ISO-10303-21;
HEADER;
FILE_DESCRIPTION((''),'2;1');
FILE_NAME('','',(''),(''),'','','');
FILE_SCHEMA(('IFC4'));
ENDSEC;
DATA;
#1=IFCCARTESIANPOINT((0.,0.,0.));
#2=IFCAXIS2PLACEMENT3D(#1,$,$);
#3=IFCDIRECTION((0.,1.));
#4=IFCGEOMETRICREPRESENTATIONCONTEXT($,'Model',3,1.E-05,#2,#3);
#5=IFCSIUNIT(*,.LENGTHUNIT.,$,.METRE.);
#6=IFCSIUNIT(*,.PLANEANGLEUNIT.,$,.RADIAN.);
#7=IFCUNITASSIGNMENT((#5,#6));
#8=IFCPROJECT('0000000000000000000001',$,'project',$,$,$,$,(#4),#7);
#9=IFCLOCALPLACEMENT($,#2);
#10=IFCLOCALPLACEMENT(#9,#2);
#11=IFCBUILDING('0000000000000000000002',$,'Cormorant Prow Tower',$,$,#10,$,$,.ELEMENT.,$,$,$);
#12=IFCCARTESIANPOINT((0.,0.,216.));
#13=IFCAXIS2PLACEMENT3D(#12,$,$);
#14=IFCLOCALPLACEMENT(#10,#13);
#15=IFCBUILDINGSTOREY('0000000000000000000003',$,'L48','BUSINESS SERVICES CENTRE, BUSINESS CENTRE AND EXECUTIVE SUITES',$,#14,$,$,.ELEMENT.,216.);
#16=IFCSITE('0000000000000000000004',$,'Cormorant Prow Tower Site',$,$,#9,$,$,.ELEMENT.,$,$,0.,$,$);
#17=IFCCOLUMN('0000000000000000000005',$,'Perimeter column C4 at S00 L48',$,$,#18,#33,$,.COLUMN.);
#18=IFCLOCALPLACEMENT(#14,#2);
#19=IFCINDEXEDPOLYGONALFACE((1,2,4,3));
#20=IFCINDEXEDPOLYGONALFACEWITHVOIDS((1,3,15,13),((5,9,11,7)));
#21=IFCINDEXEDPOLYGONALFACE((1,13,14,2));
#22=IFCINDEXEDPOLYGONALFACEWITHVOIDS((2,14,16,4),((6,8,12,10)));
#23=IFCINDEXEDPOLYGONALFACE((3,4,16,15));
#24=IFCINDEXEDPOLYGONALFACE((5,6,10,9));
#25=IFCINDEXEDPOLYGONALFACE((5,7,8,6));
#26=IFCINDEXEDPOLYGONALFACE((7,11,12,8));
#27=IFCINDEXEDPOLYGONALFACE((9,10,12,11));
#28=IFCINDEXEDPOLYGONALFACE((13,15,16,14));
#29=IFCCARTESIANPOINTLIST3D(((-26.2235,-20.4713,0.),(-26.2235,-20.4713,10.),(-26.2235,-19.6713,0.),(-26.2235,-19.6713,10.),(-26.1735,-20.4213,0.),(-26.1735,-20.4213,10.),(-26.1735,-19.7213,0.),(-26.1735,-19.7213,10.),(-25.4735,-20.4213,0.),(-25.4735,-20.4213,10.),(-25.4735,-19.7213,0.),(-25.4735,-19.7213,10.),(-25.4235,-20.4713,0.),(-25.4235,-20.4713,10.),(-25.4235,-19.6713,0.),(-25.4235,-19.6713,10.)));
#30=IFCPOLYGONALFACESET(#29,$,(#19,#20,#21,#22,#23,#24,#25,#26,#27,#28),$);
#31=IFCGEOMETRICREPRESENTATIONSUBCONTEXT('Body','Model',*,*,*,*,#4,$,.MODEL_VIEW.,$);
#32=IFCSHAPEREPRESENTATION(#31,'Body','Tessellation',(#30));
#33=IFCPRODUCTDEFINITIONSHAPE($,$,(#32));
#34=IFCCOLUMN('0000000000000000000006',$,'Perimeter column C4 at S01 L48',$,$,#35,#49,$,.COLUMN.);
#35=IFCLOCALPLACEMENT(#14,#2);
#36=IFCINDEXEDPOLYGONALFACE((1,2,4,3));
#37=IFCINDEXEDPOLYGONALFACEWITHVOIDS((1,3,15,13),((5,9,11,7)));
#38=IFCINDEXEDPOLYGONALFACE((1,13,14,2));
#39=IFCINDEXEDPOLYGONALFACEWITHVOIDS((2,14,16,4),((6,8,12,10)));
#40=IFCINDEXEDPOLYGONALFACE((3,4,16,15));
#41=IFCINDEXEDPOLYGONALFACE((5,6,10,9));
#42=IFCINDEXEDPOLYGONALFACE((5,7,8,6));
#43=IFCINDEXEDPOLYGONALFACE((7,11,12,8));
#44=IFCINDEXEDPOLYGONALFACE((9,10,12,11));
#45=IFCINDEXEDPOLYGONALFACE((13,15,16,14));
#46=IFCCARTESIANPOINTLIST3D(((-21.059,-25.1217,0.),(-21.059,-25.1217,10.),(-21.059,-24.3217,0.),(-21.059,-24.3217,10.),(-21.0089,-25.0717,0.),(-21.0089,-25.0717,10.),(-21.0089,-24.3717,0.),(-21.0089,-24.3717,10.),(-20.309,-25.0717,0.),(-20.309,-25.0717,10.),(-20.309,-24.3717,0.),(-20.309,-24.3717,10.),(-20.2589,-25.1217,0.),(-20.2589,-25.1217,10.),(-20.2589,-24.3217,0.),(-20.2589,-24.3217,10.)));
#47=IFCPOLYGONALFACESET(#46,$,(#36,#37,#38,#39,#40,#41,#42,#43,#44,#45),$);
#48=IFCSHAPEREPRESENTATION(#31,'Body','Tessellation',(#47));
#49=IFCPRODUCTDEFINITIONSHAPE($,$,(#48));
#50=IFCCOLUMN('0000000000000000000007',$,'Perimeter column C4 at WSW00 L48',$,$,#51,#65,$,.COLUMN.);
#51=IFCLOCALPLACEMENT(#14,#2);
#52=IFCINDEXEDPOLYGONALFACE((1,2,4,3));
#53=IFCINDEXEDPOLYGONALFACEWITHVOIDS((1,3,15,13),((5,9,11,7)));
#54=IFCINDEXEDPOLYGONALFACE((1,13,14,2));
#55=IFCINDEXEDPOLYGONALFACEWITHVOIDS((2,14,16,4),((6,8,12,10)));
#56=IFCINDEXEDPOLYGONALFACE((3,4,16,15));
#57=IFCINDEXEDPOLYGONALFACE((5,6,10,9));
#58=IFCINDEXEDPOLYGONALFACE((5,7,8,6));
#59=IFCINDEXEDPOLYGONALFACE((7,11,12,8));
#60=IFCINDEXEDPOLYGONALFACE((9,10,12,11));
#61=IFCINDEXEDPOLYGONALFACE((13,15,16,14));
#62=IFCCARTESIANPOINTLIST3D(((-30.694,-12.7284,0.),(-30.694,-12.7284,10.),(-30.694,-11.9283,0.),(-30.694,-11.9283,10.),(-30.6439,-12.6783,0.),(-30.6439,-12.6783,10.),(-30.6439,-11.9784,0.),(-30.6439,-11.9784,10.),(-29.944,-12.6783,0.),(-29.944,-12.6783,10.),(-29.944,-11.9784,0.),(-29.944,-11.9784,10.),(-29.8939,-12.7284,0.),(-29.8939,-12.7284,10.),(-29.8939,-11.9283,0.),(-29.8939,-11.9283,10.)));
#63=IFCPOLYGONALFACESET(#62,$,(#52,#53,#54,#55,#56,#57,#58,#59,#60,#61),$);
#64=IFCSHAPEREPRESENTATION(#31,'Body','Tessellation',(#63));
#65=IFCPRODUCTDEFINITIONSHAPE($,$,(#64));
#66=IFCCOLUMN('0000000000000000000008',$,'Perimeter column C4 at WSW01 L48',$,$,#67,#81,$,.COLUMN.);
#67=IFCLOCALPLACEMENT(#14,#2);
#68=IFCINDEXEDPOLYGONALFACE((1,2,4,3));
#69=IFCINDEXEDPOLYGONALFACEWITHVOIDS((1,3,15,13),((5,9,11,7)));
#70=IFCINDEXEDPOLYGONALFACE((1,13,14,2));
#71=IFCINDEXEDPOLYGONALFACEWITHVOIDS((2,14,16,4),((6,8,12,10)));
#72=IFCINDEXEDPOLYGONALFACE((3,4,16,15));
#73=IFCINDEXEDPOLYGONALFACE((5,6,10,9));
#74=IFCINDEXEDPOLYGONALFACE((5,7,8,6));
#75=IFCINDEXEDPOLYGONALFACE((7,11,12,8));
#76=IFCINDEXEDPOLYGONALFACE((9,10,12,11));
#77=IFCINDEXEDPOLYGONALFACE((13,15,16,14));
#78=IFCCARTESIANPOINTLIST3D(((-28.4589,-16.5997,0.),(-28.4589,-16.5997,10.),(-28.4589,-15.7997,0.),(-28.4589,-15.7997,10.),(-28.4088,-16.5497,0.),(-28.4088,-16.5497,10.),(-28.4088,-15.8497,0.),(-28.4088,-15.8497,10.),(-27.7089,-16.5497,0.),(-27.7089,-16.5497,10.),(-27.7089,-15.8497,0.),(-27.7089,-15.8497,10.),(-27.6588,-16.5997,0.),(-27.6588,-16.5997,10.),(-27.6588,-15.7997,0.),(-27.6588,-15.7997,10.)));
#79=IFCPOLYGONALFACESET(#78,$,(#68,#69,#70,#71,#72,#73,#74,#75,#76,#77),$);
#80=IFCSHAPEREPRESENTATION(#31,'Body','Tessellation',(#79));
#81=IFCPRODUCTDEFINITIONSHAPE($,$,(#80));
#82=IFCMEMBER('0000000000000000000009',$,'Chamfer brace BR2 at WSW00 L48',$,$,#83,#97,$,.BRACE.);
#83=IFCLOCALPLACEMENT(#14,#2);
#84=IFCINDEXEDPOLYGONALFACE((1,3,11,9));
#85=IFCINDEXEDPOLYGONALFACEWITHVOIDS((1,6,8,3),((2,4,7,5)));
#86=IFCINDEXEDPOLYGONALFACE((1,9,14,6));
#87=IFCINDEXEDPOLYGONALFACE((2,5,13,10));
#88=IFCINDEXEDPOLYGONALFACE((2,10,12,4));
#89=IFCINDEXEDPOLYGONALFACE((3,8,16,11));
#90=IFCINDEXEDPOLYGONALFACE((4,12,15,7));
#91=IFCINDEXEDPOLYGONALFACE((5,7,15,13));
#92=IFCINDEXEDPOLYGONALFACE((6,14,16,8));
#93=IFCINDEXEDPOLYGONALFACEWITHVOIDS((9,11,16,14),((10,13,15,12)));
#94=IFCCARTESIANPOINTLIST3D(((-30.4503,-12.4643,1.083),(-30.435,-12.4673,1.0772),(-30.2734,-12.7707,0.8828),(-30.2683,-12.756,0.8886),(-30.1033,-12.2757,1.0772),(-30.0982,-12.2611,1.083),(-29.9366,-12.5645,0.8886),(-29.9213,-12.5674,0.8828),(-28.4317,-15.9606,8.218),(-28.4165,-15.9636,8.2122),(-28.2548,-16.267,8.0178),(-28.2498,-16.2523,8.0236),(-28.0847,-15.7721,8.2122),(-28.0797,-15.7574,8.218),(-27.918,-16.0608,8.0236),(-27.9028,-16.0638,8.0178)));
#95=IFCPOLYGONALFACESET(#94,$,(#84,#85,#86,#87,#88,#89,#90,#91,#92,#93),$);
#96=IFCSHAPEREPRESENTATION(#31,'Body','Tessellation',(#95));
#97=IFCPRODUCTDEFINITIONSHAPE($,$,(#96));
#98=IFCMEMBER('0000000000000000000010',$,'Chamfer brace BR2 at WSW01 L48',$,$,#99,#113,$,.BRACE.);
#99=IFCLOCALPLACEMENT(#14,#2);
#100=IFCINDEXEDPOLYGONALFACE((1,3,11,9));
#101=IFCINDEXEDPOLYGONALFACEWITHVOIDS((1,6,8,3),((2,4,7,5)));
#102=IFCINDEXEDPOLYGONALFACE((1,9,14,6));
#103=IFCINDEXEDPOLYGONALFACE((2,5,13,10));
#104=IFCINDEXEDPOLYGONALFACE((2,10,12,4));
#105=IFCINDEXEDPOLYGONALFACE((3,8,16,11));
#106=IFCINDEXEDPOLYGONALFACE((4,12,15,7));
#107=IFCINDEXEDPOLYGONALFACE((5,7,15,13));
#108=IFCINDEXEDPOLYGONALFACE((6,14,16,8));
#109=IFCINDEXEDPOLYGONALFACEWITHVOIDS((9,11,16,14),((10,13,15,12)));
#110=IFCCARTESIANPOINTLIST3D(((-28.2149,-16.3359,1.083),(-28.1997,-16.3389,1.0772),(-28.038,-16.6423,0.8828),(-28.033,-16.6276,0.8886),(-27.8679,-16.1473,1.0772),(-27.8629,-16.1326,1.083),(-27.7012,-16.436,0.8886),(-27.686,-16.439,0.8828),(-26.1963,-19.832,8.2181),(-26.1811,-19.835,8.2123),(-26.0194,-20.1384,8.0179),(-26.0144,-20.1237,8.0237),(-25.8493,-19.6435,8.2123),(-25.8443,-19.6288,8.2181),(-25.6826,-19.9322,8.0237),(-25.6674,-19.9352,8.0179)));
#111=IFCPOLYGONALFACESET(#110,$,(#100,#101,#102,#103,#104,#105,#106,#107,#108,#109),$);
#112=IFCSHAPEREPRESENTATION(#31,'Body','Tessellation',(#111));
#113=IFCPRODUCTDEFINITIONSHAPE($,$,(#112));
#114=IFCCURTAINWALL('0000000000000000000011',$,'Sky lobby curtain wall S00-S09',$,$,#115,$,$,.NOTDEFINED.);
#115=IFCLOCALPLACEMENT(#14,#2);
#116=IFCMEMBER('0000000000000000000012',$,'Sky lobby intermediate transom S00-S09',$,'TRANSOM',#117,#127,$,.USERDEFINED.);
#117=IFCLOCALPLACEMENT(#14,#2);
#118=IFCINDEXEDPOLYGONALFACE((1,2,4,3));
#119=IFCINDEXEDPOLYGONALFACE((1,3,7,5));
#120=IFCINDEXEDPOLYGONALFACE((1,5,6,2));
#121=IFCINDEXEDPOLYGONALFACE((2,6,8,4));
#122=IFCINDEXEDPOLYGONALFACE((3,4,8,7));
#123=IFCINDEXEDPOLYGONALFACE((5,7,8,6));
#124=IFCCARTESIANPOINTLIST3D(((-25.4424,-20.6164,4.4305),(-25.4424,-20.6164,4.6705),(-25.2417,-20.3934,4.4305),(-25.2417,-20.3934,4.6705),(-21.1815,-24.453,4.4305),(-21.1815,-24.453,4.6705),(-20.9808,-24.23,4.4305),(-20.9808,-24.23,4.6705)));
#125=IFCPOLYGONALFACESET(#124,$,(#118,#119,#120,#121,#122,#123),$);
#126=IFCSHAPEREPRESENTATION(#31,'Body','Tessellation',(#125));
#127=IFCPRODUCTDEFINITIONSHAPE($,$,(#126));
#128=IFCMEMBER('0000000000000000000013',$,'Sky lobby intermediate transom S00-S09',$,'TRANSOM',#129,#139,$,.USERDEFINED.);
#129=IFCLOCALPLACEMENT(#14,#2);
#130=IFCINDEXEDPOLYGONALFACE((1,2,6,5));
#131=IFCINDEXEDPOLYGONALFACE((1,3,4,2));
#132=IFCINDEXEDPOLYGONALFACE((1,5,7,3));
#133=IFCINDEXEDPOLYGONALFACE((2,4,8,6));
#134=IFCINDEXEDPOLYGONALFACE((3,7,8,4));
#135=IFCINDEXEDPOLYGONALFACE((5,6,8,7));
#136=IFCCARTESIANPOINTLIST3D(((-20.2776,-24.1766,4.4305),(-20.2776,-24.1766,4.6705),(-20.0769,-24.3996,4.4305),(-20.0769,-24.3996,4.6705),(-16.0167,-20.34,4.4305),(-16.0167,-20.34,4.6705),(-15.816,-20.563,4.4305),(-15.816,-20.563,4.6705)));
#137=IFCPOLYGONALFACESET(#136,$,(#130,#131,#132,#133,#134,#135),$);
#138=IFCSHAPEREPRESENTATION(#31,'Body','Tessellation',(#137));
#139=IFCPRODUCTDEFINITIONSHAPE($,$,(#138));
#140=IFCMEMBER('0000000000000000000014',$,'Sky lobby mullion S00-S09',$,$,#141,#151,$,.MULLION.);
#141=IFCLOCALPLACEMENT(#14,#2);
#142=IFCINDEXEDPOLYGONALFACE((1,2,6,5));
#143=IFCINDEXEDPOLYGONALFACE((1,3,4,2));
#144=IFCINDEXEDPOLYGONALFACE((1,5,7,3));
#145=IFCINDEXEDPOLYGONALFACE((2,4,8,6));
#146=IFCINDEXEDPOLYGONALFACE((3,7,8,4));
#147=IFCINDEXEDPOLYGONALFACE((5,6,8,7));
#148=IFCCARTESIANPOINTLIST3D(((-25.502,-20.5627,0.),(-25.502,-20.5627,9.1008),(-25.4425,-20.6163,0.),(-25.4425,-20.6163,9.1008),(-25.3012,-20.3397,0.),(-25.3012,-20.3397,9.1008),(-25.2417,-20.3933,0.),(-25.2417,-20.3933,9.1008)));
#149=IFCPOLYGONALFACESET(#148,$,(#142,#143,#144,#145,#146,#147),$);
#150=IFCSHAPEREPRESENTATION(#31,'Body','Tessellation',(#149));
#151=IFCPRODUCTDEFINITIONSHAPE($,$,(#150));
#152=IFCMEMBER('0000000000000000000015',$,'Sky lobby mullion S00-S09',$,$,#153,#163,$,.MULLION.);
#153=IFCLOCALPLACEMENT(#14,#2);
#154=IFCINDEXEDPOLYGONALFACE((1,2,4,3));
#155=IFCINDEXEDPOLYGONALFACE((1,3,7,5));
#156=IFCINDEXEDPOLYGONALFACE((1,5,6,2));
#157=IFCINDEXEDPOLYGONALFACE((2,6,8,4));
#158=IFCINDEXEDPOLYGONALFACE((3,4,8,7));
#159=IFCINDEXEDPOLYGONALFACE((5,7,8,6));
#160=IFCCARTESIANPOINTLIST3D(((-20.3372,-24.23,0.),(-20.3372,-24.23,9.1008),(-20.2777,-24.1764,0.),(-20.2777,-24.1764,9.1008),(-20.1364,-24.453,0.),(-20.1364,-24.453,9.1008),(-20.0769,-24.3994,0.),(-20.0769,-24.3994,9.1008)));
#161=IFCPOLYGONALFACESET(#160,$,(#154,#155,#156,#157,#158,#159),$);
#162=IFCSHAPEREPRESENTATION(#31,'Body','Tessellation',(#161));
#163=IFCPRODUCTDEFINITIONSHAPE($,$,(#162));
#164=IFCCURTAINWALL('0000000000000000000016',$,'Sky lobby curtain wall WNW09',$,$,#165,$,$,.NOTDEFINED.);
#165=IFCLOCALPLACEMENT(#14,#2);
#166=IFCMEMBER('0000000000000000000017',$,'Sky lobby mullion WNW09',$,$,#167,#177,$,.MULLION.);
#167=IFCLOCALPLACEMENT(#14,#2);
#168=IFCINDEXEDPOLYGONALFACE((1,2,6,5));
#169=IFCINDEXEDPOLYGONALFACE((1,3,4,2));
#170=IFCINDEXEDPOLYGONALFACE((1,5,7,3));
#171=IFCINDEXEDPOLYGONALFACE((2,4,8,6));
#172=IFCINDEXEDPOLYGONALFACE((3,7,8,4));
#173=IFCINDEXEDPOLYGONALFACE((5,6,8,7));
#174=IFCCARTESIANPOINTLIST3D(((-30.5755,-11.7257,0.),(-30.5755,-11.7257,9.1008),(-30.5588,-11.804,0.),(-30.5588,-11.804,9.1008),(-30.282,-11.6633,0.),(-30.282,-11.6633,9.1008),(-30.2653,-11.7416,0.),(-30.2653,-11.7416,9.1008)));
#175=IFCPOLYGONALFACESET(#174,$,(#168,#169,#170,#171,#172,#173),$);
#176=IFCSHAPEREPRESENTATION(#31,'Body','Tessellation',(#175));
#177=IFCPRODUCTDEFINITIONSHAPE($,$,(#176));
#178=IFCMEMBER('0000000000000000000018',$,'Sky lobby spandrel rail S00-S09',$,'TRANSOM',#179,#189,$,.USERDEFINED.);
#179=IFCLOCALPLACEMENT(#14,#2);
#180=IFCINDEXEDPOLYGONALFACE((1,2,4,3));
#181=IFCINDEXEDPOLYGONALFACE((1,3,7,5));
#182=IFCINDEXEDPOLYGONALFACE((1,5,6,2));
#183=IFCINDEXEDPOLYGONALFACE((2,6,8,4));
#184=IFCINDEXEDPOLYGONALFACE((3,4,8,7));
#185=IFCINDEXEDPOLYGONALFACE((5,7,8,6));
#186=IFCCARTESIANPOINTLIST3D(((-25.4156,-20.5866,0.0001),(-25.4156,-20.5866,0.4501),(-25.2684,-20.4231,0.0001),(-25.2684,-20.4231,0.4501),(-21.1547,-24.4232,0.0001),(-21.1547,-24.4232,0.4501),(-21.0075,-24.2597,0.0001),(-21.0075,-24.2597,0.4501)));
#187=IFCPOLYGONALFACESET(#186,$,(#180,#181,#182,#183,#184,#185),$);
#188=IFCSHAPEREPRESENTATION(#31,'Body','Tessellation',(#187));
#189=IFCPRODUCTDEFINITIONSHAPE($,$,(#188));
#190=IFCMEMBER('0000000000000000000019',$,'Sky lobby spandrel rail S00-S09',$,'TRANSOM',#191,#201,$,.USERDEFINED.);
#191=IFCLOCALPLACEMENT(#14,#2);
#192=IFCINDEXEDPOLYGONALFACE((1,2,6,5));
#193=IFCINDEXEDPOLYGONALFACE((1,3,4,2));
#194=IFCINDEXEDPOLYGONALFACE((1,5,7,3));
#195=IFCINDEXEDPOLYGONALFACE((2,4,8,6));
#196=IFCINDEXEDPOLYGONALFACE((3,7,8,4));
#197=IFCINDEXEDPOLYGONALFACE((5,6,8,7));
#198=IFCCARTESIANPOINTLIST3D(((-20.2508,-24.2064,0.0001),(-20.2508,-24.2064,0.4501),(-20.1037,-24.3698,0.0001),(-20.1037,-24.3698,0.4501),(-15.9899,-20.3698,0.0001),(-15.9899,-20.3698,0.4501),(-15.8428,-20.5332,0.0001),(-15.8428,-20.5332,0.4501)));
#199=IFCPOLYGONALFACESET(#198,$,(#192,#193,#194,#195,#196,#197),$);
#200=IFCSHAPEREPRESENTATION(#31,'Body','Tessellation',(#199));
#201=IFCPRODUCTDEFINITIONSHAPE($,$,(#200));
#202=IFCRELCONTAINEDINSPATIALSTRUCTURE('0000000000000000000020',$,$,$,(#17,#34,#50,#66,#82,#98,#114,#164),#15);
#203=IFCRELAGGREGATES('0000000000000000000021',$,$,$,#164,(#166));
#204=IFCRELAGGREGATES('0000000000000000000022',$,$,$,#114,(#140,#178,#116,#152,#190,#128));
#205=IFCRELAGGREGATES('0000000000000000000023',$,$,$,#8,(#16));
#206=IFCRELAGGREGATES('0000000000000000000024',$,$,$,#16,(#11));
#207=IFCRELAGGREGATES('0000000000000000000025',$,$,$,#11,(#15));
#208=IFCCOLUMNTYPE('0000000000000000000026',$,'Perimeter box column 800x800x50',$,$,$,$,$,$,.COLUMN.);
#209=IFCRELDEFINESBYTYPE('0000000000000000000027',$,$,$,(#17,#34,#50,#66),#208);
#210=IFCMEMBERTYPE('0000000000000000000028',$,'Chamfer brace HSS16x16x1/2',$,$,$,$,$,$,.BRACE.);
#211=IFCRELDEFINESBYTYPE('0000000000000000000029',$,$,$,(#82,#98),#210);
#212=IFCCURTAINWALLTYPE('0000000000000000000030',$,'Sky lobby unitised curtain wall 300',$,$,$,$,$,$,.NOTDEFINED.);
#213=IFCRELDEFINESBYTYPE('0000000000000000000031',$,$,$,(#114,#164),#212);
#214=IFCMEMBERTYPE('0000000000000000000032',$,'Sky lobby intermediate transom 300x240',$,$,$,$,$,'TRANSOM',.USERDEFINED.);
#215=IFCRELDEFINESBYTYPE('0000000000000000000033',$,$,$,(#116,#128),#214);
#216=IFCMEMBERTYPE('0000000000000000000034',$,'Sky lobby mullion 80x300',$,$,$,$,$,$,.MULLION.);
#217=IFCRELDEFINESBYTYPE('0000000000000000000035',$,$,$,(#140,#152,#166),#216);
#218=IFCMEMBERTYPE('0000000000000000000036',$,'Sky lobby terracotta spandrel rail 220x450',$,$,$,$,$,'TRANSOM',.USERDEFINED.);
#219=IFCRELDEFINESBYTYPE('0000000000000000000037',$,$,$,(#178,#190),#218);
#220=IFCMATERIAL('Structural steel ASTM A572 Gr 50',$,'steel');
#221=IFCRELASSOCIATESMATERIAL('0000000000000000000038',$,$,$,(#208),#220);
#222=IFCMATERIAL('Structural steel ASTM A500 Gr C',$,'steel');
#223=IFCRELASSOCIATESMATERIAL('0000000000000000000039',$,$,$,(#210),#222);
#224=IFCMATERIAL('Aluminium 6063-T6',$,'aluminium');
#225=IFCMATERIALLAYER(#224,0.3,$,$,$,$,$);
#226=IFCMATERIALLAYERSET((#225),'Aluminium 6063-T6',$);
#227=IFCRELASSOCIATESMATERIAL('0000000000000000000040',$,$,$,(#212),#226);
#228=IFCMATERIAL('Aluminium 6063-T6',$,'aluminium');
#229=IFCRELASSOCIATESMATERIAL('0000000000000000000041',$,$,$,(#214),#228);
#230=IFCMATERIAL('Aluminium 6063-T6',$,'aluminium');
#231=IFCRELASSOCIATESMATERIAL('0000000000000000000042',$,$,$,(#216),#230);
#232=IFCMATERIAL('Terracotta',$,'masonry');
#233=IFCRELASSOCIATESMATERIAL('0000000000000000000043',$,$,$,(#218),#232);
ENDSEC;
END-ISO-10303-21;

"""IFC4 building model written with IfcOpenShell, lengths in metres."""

from ifc_helpers import new_model, si_unit, direction, frame, origin, origin_2d, place, context, subcontext, project, spatial, rectangle, hollow_rectangle, extrude, material, layer, layer_set, material_profile, profile_set, type_object, element, aggregate, save


model = new_model("IFC4")

# Units and contexts
model_context = context("Model", 3, precision=1e-05, world=origin(), true_north=direction((0.0, 1.0)))
body_context = subcontext(model_context, "Body", "Model", "MODEL_VIEW")
ifc_project = project(units=[si_unit("LENGTHUNIT", "METRE"), si_unit("PLANEANGLEUNIT", "RADIAN")], contexts=[model_context])

# Site, building, storey
site_placement = place(None, origin())
site = spatial("IfcSite", under=ifc_project, at=site_placement, Name="Cormorant Prow Tower Site", CompositionType="ELEMENT", RefElevation=0.0)
building_placement = place(site_placement, origin())
building = spatial("IfcBuilding", under=site, at=building_placement, Name="Cormorant Prow Tower", CompositionType="ELEMENT")
storey_placement = place(building_placement, frame((0.0, 0.0, 216.0)))
storey = spatial("IfcBuildingStorey", under=building, at=storey_placement, Name="L48", Description="BUSINESS SERVICES CENTRE, BUSINESS CENTRE AND EXECUTIVE SUITES", CompositionType="ELEMENT", Elevation=216.0)

# Columns
ifc_material_1 = material(Name="Structural steel ASTM A572 Gr 50", Category="steel")
ifc_material_profile_1 = material_profile(ifc_material_1, hollow_rectangle(XDim=0.8, YDim=0.8, WallThickness=0.05, at=origin_2d()), Name="Box 800x800x50")
ifc_profile_set_1 = profile_set([ifc_material_profile_1], Name="Structural steel ASTM A572 Gr 50")
column_type = type_object("IfcColumnType", Name="Perimeter box column 800x800x50", PredefinedType="COLUMN", material=ifc_profile_set_1)
for number, where, z_axis, x_axis, name in (
    (1, (-25.8235, -20.0713, 0.0), (0.0, 0.0, 1.0), (1.0, 0.0, 0.0), "Perimeter column C4 at S00 L48"),
    (2, (-20.6589, -24.7217, 0.0), (0.0, 0.0, 1.0), (1.0, 0.0, 0.0), "Perimeter column C4 at S01 L48"),
    (3, (-30.2939, -12.3284, 0.0), (0.0, 0.0, 1.0), (1.0, 0.0, 0.0), "Perimeter column C4 at WSW00 L48"),
    (4, (-28.0588, -16.1997, 0.0), (0.0, 0.0, 1.0), (1.0, 0.0, 0.0), "Perimeter column C4 at WSW01 L48"),
):
    element("IfcColumn", number, at=place(storey_placement, frame(where, z_axis=z_axis, x_axis=x_axis)), inside=storey, type_object=column_type, Name=name, PredefinedType="COLUMN", context=body_context, shape_type="SweptSolid", body=[
        extrude(hollow_rectangle(XDim=0.8, YDim=0.8, WallThickness=0.05, at=origin_2d()), origin(), (0.0, 0.0, 1.0), 10.0),
    ])

# Members
ifc_material_2 = material(Name="Structural steel ASTM A500 Gr C", Category="steel")
ifc_material_profile_2 = material_profile(ifc_material_2, hollow_rectangle(XDim=0.4065, YDim=0.4065, WallThickness=0.0117, at=origin_2d()), Name="HSS16x16x1/2")
ifc_profile_set_2 = profile_set([ifc_material_profile_2], Name="Structural steel ASTM A500 Gr C")
member_type_1 = type_object("IfcMemberType", Name="Chamfer brace HSS16x16x1/2", PredefinedType="BRACE", material=ifc_profile_set_2)
for number, where, z_axis, x_axis, name in (
    (5, (-30.1858, -12.5159, 0.9829), (0.246225, -0.426486, 0.870335), (0.866032, 0.499989, 0.0), "Chamfer brace BR2 at WSW00 L48"),
    (6, (-27.9504, -16.3875, 0.9829), (0.246228, -0.426462, 0.870346), (0.866016, 0.500016, 0.0), "Chamfer brace BR2 at WSW01 L48"),
):
    element("IfcMember", number, at=place(storey_placement, frame(where, z_axis=z_axis, x_axis=x_axis)), inside=storey, type_object=member_type_1, Name=name, PredefinedType="BRACE", context=body_context, shape_type="SweptSolid", body=[
        extrude(hollow_rectangle(XDim=0.4065, YDim=0.4065, WallThickness=0.0117, at=origin_2d()), origin(), (0.0, 0.0, 1.0), 8.198),
    ])

# Curtain wall, members
ifc_material_3 = material(Name="Aluminium 6063-T6", Category="aluminium")
ifc_layer_1 = layer(ifc_material_3, 0.3)
ifc_layer_set_1 = layer_set([ifc_layer_1], Name="Aluminium 6063-T6")
curtain_wall_type = type_object("IfcCurtainWallType", Name="Sky lobby unitised curtain wall 300", PredefinedType="NOTDEFINED", material=ifc_layer_set_1)
curtain_wall_1_placement = place(storey_placement, origin())
curtain_wall_1 = element("IfcCurtainWall", 7, at=curtain_wall_1_placement, inside=storey, type_object=curtain_wall_type, Name="Sky lobby curtain wall S00-S09", PredefinedType="NOTDEFINED")
ifc_material_4 = material(Name="Aluminium 6063-T6", Category="aluminium")
ifc_material_profile_3 = material_profile(ifc_material_4, rectangle(XDim=0.3, YDim=0.24, at=origin_2d()), Name="Sky lobby intermediate transom 300x240")
ifc_profile_set_3 = profile_set([ifc_material_profile_3], Name="Aluminium 6063-T6")
member_type_2 = type_object("IfcMemberType", Name="Sky lobby intermediate transom 300x240", ElementType="TRANSOM", PredefinedType="USERDEFINED", material=ifc_profile_set_3)
member_1_placement = place(storey_placement, frame((-25.342, -20.5049, 4.5505), z_axis=(0.74314, -0.669136, 0.0), x_axis=(0.669136, 0.74314, 0.0)))
member_1 = element("IfcMember", 8, at=member_1_placement, type_object=member_type_2, Name="Sky lobby intermediate transom S00-S09", ObjectType="TRANSOM", PredefinedType="USERDEFINED", context=body_context, shape_type="SweptSolid", body=[
    extrude(rectangle(XDim=0.3, YDim=0.24, at=origin_2d()), origin(), (0.0, 0.0, 1.0), 5.7336),
])
member_2_placement = place(storey_placement, frame((-20.1772, -24.2881, 4.5505), z_axis=(0.74314, 0.669136, 0.0), x_axis=(-0.669136, 0.74314, 0.0)))
member_2 = element("IfcMember", 9, at=member_2_placement, type_object=member_type_2, Name="Sky lobby intermediate transom S00-S09", ObjectType="TRANSOM", PredefinedType="USERDEFINED", context=body_context, shape_type="SweptSolid", body=[
    extrude(rectangle(XDim=0.3, YDim=0.24, at=origin_2d()), origin(), (0.0, 0.0, 1.0), 5.7336),
])
ifc_material_5 = material(Name="Aluminium 6063-T6", Category="aluminium")
ifc_material_profile_4 = material_profile(ifc_material_5, rectangle(XDim=0.3, YDim=0.0801, at=origin_2d()), Name="Sky lobby mullion 80x300")
ifc_profile_set_4 = profile_set([ifc_material_profile_4], Name="Aluminium 6063-T6")
member_type_3 = type_object("IfcMemberType", Name="Sky lobby mullion 80x300", PredefinedType="MULLION", material=ifc_profile_set_4)
member_3_placement = place(storey_placement, frame((-25.3718, -20.478, 0.0), z_axis=(0.0, 0.0, 1.0), x_axis=(0.669131, 0.743145, 0.0)))
member_3 = element("IfcMember", 10, at=member_3_placement, type_object=member_type_3, Name="Sky lobby mullion S00-S09", PredefinedType="MULLION", context=body_context, shape_type="SweptSolid", body=[
    extrude(rectangle(XDim=0.3, YDim=0.0801, at=origin_2d()), origin(), (0.0, 0.0, 1.0), 9.1008),
])
member_4_placement = place(storey_placement, frame((-20.207, -24.3147, 0.0), z_axis=(0.0, 0.0, 1.0), x_axis=(-0.669131, 0.743145, 0.0)))
member_4 = element("IfcMember", 11, at=member_4_placement, type_object=member_type_3, Name="Sky lobby mullion S00-S09", PredefinedType="MULLION", context=body_context, shape_type="SweptSolid", body=[
    extrude(rectangle(XDim=0.3, YDim=0.0801, at=origin_2d()), origin(), (0.0, 0.0, 1.0), 9.1008),
])

# Curtain wall, member
curtain_wall_2_placement = place(storey_placement, origin())
curtain_wall_2 = element("IfcCurtainWall", 12, at=curtain_wall_2_placement, inside=storey, type_object=curtain_wall_type, Name="Sky lobby curtain wall WNW09", PredefinedType="NOTDEFINED")
member_5_placement = place(storey_placement, frame((-30.4204, -11.7336, 0.0), z_axis=(0.0, 0.0, 1.0), x_axis=(0.978148, 0.207912, 0.0)))
member_5 = element("IfcMember", 13, at=member_5_placement, type_object=member_type_3, Name="Sky lobby mullion WNW09", PredefinedType="MULLION", context=body_context, shape_type="SweptSolid", body=[
    extrude(rectangle(XDim=0.3, YDim=0.0801, at=origin_2d()), origin(), (0.0, 0.0, 1.0), 9.1008),
])
aggregate(curtain_wall_2, [member_5])

# Members
ifc_material_6 = material(Name="Terracotta", Category="masonry")
ifc_material_profile_5 = material_profile(ifc_material_6, rectangle(XDim=0.22, YDim=0.45, at=origin_2d()), Name="Sky lobby terracotta spandrel rail 220x450")
ifc_profile_set_5 = profile_set([ifc_material_profile_5], Name="Terracotta")
member_type_4 = type_object("IfcMemberType", Name="Sky lobby terracotta spandrel rail 220x450", ElementType="TRANSOM", PredefinedType="USERDEFINED", material=ifc_profile_set_5)
member_6_placement = place(storey_placement, frame((-25.342, -20.5049, 0.2251), z_axis=(0.74314, -0.669136, 0.0), x_axis=(0.669136, 0.74314, 0.0)))
member_6 = element("IfcMember", 14, at=member_6_placement, type_object=member_type_4, Name="Sky lobby spandrel rail S00-S09", ObjectType="TRANSOM", PredefinedType="USERDEFINED", context=body_context, shape_type="SweptSolid", body=[
    extrude(rectangle(XDim=0.22, YDim=0.45, at=origin_2d()), origin(), (0.0, 0.0, 1.0), 5.7336),
])
member_7_placement = place(storey_placement, frame((-20.1772, -24.2881, 0.2251), z_axis=(0.74314, 0.669136, 0.0), x_axis=(-0.669136, 0.74314, 0.0)))
member_7 = element("IfcMember", 15, at=member_7_placement, type_object=member_type_4, Name="Sky lobby spandrel rail S00-S09", ObjectType="TRANSOM", PredefinedType="USERDEFINED", context=body_context, shape_type="SweptSolid", body=[
    extrude(rectangle(XDim=0.22, YDim=0.45, at=origin_2d()), origin(), (0.0, 0.0, 1.0), 5.7336),
])

aggregate(curtain_wall_1, [member_3, member_6, member_1, member_4, member_7, member_2])

save(model, "model.ifc")
